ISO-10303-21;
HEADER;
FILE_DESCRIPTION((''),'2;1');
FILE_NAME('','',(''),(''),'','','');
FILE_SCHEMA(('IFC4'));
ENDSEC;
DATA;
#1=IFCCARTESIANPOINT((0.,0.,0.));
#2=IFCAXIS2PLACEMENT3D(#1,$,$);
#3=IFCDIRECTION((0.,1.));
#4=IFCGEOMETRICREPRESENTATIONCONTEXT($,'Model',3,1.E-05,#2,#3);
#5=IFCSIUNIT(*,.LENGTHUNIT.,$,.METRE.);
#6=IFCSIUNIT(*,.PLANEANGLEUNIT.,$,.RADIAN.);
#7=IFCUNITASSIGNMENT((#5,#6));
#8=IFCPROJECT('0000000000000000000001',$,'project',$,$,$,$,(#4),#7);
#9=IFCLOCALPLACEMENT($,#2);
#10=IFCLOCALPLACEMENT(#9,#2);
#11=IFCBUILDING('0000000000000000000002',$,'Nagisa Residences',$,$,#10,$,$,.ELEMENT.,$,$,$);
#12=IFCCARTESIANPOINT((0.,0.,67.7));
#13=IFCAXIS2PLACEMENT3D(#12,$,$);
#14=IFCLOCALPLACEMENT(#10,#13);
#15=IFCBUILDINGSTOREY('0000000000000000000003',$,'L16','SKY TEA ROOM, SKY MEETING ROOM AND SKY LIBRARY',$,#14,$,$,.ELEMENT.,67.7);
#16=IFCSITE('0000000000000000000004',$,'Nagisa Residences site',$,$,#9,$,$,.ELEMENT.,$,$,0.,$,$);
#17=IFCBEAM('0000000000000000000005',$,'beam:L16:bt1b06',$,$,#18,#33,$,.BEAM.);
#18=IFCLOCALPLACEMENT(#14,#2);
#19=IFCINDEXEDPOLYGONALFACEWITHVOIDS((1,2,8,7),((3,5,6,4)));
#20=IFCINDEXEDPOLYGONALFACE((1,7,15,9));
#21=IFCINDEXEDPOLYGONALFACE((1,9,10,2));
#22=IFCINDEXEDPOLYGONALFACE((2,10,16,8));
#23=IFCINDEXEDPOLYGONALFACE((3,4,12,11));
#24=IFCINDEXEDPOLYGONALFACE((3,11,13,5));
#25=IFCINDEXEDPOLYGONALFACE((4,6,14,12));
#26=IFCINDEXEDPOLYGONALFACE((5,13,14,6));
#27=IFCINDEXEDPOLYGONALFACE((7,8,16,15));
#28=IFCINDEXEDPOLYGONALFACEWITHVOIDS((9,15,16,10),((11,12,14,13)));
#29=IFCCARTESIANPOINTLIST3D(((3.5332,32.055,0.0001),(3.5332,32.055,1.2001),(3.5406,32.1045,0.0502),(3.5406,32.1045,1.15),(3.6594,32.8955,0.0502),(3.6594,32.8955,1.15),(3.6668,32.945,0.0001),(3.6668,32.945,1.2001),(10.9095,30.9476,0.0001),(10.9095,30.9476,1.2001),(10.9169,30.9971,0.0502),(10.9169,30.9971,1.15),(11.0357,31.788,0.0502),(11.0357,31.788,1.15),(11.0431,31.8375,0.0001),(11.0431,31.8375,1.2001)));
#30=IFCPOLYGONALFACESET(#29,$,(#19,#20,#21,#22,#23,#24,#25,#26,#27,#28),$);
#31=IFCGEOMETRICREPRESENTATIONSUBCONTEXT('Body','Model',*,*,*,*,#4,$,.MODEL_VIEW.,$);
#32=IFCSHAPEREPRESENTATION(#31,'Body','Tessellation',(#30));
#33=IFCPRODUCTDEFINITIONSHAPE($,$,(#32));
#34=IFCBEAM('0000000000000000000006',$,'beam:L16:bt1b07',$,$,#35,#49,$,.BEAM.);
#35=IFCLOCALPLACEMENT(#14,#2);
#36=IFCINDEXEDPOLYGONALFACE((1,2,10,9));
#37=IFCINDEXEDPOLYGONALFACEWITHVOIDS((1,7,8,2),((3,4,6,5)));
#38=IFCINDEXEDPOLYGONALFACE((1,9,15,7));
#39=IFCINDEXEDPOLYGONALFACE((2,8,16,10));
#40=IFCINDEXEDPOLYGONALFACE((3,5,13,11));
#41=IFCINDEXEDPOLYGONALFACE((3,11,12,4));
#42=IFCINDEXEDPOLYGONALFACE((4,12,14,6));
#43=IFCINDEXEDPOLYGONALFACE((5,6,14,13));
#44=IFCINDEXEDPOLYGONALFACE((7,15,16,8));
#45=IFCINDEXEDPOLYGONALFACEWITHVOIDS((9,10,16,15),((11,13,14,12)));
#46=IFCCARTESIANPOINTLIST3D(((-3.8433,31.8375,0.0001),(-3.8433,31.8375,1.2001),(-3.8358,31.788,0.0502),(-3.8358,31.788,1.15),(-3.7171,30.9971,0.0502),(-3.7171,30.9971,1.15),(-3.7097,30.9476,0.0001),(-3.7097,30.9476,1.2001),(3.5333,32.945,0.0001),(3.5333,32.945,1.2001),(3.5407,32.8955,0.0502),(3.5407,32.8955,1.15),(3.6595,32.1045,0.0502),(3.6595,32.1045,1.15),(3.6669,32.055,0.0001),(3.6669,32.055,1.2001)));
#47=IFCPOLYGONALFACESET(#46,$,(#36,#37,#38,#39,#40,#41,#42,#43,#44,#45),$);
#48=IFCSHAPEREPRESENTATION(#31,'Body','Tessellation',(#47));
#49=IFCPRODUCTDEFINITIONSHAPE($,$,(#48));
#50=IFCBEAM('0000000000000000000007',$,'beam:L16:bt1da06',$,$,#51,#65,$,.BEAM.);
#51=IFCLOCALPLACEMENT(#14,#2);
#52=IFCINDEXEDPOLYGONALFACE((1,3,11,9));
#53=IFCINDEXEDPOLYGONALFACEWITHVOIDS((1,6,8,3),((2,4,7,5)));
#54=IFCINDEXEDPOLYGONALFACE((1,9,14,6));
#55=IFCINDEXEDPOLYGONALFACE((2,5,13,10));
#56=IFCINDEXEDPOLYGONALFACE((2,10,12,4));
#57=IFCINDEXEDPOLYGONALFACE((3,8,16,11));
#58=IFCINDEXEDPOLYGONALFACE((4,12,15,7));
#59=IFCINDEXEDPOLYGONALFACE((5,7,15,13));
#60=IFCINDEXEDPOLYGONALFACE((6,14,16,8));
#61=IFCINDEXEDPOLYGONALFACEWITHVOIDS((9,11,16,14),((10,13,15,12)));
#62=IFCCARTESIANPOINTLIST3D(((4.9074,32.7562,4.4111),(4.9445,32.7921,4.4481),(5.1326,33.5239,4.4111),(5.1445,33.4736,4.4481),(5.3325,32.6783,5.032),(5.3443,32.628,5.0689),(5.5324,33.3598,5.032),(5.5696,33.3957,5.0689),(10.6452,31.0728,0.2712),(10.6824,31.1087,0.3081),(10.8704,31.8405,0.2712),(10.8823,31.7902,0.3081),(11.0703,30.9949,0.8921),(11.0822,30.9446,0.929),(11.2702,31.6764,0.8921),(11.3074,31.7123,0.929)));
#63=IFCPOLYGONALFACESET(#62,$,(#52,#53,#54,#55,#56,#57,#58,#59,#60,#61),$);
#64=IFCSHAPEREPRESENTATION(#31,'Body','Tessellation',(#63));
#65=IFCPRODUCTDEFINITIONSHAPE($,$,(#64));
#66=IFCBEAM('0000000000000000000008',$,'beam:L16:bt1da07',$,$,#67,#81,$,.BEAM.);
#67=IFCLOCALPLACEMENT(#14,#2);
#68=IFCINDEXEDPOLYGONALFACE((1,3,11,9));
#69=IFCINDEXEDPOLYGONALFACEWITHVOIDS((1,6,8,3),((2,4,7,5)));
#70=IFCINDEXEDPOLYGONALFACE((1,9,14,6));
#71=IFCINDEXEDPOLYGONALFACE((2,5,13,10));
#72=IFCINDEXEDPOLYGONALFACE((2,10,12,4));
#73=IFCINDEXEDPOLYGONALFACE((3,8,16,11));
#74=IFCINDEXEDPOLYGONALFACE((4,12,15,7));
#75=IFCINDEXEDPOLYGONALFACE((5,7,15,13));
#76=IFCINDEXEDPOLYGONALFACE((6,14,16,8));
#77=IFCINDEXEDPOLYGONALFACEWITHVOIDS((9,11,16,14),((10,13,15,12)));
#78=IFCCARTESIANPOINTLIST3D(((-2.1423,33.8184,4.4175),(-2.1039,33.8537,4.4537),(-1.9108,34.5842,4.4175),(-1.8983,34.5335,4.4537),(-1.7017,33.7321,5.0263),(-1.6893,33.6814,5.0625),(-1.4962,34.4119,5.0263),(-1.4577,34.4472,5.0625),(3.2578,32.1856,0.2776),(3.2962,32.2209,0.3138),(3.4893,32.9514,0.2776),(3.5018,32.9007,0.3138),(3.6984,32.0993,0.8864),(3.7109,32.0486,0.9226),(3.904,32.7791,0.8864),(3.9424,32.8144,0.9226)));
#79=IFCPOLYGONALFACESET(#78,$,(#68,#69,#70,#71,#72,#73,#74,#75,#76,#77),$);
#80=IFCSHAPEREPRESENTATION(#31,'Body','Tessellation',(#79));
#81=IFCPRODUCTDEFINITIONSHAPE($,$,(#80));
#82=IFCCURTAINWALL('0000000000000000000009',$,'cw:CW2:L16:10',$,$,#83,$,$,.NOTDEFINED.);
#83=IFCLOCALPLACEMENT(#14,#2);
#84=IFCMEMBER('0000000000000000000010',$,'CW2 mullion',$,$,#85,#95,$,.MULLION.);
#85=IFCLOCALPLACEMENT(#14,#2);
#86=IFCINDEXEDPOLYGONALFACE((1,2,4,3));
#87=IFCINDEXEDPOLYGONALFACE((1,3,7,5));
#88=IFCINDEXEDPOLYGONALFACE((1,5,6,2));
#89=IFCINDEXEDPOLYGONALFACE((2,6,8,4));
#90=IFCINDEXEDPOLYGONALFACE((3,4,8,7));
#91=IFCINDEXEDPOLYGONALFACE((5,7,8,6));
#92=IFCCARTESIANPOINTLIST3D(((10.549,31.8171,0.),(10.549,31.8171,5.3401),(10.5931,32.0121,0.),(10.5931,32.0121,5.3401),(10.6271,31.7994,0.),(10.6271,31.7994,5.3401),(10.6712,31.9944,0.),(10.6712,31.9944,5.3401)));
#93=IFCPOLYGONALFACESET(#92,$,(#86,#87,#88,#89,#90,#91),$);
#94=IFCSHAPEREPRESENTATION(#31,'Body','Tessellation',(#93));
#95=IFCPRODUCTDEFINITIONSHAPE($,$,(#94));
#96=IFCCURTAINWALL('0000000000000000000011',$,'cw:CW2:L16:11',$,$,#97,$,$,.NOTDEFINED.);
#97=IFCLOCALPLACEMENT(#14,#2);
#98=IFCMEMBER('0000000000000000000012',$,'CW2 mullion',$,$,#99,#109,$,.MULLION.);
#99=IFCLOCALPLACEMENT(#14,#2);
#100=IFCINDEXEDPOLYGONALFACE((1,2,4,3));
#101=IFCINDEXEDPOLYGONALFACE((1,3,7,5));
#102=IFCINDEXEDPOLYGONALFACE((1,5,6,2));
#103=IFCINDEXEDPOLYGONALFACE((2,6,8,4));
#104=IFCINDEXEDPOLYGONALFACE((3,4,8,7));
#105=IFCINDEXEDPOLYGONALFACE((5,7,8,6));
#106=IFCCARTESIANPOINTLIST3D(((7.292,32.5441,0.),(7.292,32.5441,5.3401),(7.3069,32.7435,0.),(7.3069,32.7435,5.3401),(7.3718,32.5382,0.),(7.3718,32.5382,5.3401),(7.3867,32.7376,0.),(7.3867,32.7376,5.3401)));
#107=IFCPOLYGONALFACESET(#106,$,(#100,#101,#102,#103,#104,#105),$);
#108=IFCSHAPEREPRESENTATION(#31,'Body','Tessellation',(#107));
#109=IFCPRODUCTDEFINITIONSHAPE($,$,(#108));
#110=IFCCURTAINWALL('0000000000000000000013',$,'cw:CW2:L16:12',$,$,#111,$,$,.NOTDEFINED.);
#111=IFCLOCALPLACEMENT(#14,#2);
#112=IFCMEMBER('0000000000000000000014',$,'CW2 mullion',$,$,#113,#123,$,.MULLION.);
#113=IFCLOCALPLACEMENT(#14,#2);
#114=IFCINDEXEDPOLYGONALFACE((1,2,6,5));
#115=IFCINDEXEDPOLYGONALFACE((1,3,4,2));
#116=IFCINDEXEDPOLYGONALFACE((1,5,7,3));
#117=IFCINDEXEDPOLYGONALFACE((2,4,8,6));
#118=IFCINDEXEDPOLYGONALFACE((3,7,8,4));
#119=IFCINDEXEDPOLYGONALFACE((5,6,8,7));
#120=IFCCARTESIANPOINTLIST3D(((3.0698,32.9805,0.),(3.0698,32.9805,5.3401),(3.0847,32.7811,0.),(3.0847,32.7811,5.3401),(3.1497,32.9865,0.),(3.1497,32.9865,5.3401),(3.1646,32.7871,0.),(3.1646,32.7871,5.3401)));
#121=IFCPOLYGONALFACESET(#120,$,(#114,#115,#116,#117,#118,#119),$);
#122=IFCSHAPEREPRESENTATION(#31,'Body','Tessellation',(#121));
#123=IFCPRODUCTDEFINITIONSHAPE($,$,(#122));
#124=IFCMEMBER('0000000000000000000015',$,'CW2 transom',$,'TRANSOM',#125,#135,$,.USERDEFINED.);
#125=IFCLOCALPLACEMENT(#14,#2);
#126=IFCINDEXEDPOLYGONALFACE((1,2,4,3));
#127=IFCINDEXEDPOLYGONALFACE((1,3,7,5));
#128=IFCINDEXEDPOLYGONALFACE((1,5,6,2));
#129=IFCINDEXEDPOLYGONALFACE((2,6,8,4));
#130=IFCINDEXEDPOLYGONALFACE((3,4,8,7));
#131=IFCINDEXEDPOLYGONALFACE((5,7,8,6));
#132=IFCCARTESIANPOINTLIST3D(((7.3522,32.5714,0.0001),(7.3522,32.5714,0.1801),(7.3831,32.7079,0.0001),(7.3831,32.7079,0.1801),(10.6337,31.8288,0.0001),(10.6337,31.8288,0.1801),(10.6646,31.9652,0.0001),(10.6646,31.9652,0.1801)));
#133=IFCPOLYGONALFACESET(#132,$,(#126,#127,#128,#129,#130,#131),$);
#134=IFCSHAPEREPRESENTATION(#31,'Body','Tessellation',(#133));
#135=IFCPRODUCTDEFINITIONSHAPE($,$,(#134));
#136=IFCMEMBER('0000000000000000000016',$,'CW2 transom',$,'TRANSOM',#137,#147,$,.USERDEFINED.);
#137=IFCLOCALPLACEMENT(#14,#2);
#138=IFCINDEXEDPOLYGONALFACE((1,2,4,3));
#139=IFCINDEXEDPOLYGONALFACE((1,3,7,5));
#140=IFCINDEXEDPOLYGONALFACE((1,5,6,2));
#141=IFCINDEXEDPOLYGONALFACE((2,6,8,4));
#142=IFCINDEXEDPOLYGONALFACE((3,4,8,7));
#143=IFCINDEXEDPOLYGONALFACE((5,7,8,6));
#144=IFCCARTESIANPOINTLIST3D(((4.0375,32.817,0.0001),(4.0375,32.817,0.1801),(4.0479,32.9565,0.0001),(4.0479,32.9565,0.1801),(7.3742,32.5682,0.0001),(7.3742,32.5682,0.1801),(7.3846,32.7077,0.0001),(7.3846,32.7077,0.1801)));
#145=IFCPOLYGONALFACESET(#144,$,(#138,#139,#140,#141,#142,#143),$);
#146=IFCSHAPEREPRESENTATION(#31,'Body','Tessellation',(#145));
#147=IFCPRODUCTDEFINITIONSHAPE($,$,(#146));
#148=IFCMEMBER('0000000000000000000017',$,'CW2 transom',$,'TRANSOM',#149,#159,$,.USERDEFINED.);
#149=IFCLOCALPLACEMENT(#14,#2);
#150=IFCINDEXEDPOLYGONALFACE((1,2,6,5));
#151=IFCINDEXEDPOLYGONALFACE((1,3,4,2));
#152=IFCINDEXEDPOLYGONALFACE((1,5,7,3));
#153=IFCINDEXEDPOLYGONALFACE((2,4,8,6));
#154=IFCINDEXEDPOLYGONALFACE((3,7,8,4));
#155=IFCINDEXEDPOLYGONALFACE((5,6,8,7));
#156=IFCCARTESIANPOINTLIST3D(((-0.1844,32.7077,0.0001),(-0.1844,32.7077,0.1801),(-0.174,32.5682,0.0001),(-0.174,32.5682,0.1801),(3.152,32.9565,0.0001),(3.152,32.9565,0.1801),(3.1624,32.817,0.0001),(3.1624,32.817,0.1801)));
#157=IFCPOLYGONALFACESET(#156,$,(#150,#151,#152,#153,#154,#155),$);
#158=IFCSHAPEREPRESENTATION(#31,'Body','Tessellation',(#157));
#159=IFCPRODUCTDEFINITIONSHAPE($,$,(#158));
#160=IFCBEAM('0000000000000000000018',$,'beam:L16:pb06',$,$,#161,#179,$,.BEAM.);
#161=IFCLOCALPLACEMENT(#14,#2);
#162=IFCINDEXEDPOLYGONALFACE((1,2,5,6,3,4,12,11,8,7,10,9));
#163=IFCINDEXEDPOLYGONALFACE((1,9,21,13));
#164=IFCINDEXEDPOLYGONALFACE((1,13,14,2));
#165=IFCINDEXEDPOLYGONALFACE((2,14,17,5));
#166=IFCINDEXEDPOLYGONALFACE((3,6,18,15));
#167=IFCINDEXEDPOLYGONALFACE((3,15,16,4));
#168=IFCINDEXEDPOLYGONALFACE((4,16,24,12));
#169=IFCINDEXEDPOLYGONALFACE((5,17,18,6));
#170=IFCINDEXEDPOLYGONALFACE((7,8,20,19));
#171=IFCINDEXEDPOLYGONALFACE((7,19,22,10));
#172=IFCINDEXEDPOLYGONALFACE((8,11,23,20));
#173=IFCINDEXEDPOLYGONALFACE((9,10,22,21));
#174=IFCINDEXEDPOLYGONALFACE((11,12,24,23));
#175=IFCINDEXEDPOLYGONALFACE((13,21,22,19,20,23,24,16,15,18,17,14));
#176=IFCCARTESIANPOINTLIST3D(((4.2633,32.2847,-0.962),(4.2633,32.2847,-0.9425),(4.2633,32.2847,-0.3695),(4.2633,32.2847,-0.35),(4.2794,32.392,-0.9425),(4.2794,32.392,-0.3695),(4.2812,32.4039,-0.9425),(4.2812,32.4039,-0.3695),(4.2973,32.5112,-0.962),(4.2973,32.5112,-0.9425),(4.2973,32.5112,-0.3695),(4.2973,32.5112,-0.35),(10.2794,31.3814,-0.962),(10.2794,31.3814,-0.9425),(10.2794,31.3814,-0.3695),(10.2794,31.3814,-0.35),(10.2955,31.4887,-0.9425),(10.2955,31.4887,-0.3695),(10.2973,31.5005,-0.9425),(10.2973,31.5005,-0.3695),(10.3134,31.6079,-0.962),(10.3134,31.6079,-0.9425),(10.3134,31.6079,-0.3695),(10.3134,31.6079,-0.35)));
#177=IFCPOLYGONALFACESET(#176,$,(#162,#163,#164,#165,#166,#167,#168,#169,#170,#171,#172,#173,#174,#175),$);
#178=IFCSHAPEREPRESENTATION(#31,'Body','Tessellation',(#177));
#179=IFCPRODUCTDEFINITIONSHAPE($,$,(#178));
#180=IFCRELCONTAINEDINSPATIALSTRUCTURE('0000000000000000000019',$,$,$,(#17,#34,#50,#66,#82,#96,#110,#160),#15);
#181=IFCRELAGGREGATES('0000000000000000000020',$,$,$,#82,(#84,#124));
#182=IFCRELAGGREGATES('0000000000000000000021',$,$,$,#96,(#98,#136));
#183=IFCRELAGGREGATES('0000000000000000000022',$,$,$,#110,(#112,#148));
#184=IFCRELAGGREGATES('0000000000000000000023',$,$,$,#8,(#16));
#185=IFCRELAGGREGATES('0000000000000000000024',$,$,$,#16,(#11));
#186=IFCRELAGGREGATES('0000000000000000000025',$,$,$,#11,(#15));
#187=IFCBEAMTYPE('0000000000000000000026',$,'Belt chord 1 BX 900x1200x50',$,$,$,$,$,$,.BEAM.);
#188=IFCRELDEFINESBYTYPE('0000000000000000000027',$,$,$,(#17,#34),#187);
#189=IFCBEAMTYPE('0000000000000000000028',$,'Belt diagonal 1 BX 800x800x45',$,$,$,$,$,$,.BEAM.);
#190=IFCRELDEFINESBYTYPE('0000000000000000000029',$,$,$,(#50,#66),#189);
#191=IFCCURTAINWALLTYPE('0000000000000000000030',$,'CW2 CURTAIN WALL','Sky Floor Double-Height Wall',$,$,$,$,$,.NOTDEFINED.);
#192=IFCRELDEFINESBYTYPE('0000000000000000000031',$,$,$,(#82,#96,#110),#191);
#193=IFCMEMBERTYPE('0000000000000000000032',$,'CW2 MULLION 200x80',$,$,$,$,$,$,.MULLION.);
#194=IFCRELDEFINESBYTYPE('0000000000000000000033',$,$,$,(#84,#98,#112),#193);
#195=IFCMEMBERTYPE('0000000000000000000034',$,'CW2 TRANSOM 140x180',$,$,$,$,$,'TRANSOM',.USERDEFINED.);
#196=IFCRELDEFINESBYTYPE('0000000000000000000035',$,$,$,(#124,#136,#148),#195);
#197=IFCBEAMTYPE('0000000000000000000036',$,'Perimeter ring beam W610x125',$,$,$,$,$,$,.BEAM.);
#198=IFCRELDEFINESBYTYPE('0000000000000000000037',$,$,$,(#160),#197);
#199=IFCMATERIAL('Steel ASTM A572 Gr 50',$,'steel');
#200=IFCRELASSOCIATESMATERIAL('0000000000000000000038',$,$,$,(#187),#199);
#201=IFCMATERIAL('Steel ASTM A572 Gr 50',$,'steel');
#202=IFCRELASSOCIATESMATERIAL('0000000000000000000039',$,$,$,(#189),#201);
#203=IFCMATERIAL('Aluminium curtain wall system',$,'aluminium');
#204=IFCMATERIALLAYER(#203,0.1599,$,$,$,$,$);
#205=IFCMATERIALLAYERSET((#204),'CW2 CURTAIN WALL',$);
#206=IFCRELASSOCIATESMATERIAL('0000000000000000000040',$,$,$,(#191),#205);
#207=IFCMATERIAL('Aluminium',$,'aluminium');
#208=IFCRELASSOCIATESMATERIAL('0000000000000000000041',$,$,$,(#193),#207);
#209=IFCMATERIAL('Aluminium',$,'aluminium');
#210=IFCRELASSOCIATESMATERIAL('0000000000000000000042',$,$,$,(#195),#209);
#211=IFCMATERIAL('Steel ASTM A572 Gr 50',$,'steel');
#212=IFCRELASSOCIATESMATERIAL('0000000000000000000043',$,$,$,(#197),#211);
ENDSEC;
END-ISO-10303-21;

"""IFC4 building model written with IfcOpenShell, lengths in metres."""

from ifc_helpers import new_model, si_unit, direction, frame, origin, origin_2d, place, context, subcontext, project, spatial, rectangle, hollow_rectangle, i_section, extrude, material, layer, layer_set, material_profile, profile_set, type_object, element, aggregate, save


model = new_model("IFC4")

# Units and contexts
model_context = context("Model", 3, precision=1e-05, world=origin(), true_north=direction((0.0, 1.0)))
body_context = subcontext(model_context, "Body", "Model", "MODEL_VIEW")
ifc_project = project(units=[si_unit("LENGTHUNIT", "METRE"), si_unit("PLANEANGLEUNIT", "RADIAN")], contexts=[model_context])

# Site, building, storey
site_placement = place(None, origin())
site = spatial("IfcSite", under=ifc_project, at=site_placement, Name="Nagisa Residences site", CompositionType="ELEMENT", RefElevation=0.0)
building_placement = place(site_placement, origin())
building = spatial("IfcBuilding", under=site, at=building_placement, Name="Nagisa Residences", CompositionType="ELEMENT")
storey_placement = place(building_placement, frame((0.0, 0.0, 67.7)))
storey = spatial("IfcBuildingStorey", under=building, at=storey_placement, Name="L16", Description="SKY TEA ROOM, SKY MEETING ROOM AND SKY LIBRARY", CompositionType="ELEMENT", Elevation=67.7)

# Beams
ifc_material_1 = material(Name="Steel ASTM A572 Gr 50", Category="steel")
ifc_material_profile_1 = material_profile(ifc_material_1, hollow_rectangle(XDim=0.8999, YDim=1.2, WallThickness=0.05, at=origin_2d()), Name="BX 900x1200x50")
ifc_profile_set_1 = profile_set([ifc_material_profile_1], Name="Steel ASTM A572 Gr 50")
beam_type_1 = type_object("IfcBeamType", Name="Belt chord 1 BX 900x1200x50", PredefinedType="BEAM", material=ifc_profile_set_1)
beam_1_placement = place(storey_placement, frame((10.9763, 31.3926, 0.6001), z_axis=(-0.988917, 0.14847, 0.0), x_axis=(-0.14847, -0.988917, 0.0)))
element("IfcBeam", 1, at=beam_1_placement, inside=storey, type_object=beam_type_1, Name="beam:L16:bt1b06", PredefinedType="BEAM", context=body_context, shape_type="SweptSolid", body=[
    extrude(hollow_rectangle(XDim=0.8999, YDim=1.2, WallThickness=0.05, at=origin_2d()), origin(), (0.0, 0.0, 1.0), 7.459),
])
beam_2_placement = place(storey_placement, frame((3.6001, 32.5, 0.6001), z_axis=(-0.988918, -0.148465, 0.0), x_axis=(0.148465, -0.988918, 0.0)))
element("IfcBeam", 2, at=beam_2_placement, inside=storey, type_object=beam_type_1, Name="beam:L16:bt1b07", PredefinedType="BEAM", context=body_context, shape_type="SweptSolid", body=[
    extrude(hollow_rectangle(XDim=0.8999, YDim=1.2, WallThickness=0.05, at=origin_2d()), origin(), (0.0, 0.0, 1.0), 7.4592),
])
ifc_material_2 = material(Name="Steel ASTM A572 Gr 50", Category="steel")
ifc_material_profile_2 = material_profile(ifc_material_2, hollow_rectangle(XDim=0.8, YDim=0.8, WallThickness=0.0449, at=origin_2d()), Name="BX 800x800x45")
ifc_profile_set_2 = profile_set([ifc_material_profile_2], Name="Steel ASTM A572 Gr 50")
beam_type_2 = type_object("IfcBeamType", Name="Belt diagonal 1 BX 800x800x45", PredefinedType="BEAM", material=ifc_profile_set_2)
beam_3_placement = place(storey_placement, frame((10.9763, 31.3926, 0.6001), z_axis=(-0.788931, 0.231456, 0.569224), x_axis=(-0.281514, -0.959557, 0.0)))
element("IfcBeam", 3, at=beam_3_placement, inside=storey, type_object=beam_type_2, Name="beam:L16:bt1da06", PredefinedType="BEAM", context=body_context, shape_type="SweptSolid", body=[
    extrude(hollow_rectangle(XDim=0.8, YDim=0.8, WallThickness=0.0449, at=origin_2d()), origin(), (0.0, 0.0, 1.0), 7.2729),
])
beam_4_placement = place(storey_placement, frame((3.6001, 32.5, 0.6001), z_axis=(-0.771714, 0.233339, 0.591616), x_axis=(-0.289424, -0.957201, 0.0)))
element("IfcBeam", 4, at=beam_4_placement, inside=storey, type_object=beam_type_2, Name="beam:L16:bt1da07", PredefinedType="BEAM", context=body_context, shape_type="SweptSolid", body=[
    extrude(hollow_rectangle(XDim=0.8, YDim=0.8, WallThickness=0.0449, at=origin_2d()), origin(), (0.0, 0.0, 1.0), 6.9976),
])

# Curtain walls, members
ifc_material_3 = material(Name="Aluminium curtain wall system", Category="aluminium")
ifc_layer_1 = layer(ifc_material_3, 0.1599)
ifc_layer_set_1 = layer_set([ifc_layer_1], Name="CW2 CURTAIN WALL")
curtain_wall_type = type_object("IfcCurtainWallType", Name="CW2 CURTAIN WALL", Description="Sky Floor Double-Height Wall", PredefinedType="NOTDEFINED", material=ifc_layer_set_1)
curtain_wall_1_placement = place(storey_placement, origin())
curtain_wall_1 = element("IfcCurtainWall", 5, at=curtain_wall_1_placement, inside=storey, type_object=curtain_wall_type, Name="cw:CW2:L16:10", PredefinedType="NOTDEFINED")
ifc_material_4 = material(Name="Aluminium", Category="aluminium")
ifc_material_profile_3 = material_profile(ifc_material_4, rectangle(XDim=0.2, YDim=0.0801, at=origin_2d()), Name="CW2 MULLION 200x80")
ifc_profile_set_3 = profile_set([ifc_material_profile_3], Name="Aluminium")
member_type_1 = type_object("IfcMemberType", Name="CW2 MULLION 200x80", PredefinedType="MULLION", material=ifc_profile_set_3)
member_1_placement = place(storey_placement, frame((10.6101, 31.9058, 0.0), z_axis=(0.0, 0.0, 1.0), x_axis=(-0.220764, -0.975327, 0.0)))
member_1 = element("IfcMember", 6, at=member_1_placement, type_object=member_type_1, Name="CW2 mullion", PredefinedType="MULLION", context=body_context, shape_type="SweptSolid", body=[
    extrude(rectangle(XDim=0.2, YDim=0.0801, at=origin_2d()), origin(), (0.0, 0.0, 1.0), 5.3401),
])
curtain_wall_2_placement = place(storey_placement, origin())
curtain_wall_2 = element("IfcCurtainWall", 7, at=curtain_wall_2_placement, inside=storey, type_object=curtain_wall_type, Name="cw:CW2:L16:11", PredefinedType="NOTDEFINED")
member_2_placement = place(storey_placement, frame((7.3394, 32.6409, 0.0), z_axis=(0.0, 0.0, 1.0), x_axis=(-0.074377, -0.99723, 0.0)))
member_2 = element("IfcMember", 8, at=member_2_placement, type_object=member_type_1, Name="CW2 mullion", PredefinedType="MULLION", context=body_context, shape_type="SweptSolid", body=[
    extrude(rectangle(XDim=0.2, YDim=0.0801, at=origin_2d()), origin(), (0.0, 0.0, 1.0), 5.3401),
])
curtain_wall_3_placement = place(storey_placement, origin())
curtain_wall_3 = element("IfcCurtainWall", 9, at=curtain_wall_3_placement, inside=storey, type_object=curtain_wall_type, Name="cw:CW2:L16:12", PredefinedType="NOTDEFINED")
member_3_placement = place(storey_placement, frame((3.1172, 32.8838, 0.0), z_axis=(0.0, 0.0, 1.0), x_axis=(0.074377, -0.99723, 0.0)))
member_3 = element("IfcMember", 10, at=member_3_placement, type_object=member_type_1, Name="CW2 mullion", PredefinedType="MULLION", context=body_context, shape_type="SweptSolid", body=[
    extrude(rectangle(XDim=0.2, YDim=0.0801, at=origin_2d()), origin(), (0.0, 0.0, 1.0), 5.3401),
])

# Members
ifc_material_5 = material(Name="Aluminium", Category="aluminium")
ifc_material_profile_4 = material_profile(ifc_material_5, rectangle(XDim=0.1399, YDim=0.1799, at=origin_2d()), Name="CW2 TRANSOM 140x180")
ifc_profile_set_4 = profile_set([ifc_material_profile_4], Name="Aluminium")
member_type_2 = type_object("IfcMemberType", Name="CW2 TRANSOM 140x180", ElementType="TRANSOM", PredefinedType="USERDEFINED", material=ifc_profile_set_4)
member_4_placement = place(storey_placement, frame((10.6492, 31.897, 0.0901), z_axis=(-0.975333, 0.22074, 0.0), x_axis=(-0.22074, -0.975333, 0.0)))
member_4 = element("IfcMember", 11, at=member_4_placement, type_object=member_type_2, Name="CW2 transom", ObjectType="TRANSOM", PredefinedType="USERDEFINED", context=body_context, shape_type="SweptSolid", body=[
    extrude(rectangle(XDim=0.1399, YDim=0.1799, at=origin_2d()), origin(), (0.0, 0.0, 1.0), 3.3645),
])
member_5_placement = place(storey_placement, frame((7.3794, 32.6379, 0.0901), z_axis=(-0.997232, 0.074353, 0.0), x_axis=(-0.074353, -0.997232, 0.0)))
member_5 = element("IfcMember", 12, at=member_5_placement, type_object=member_type_2, Name="CW2 transom", ObjectType="TRANSOM", PredefinedType="USERDEFINED", context=body_context, shape_type="SweptSolid", body=[
    extrude(rectangle(XDim=0.1399, YDim=0.1799, at=origin_2d()), origin(), (0.0, 0.0, 1.0), 3.3459),
])
member_6_placement = place(storey_placement, frame((3.1572, 32.8867, 0.0901), z_axis=(-0.997232, -0.074358, 0.0), x_axis=(0.074358, -0.997232, 0.0)))
member_6 = element("IfcMember", 13, at=member_6_placement, type_object=member_type_2, Name="CW2 transom", ObjectType="TRANSOM", PredefinedType="USERDEFINED", context=body_context, shape_type="SweptSolid", body=[
    extrude(rectangle(XDim=0.1399, YDim=0.1799, at=origin_2d()), origin(), (0.0, 0.0, 1.0), 3.3457),
])

# Beam
ifc_material_6 = material(Name="Steel ASTM A572 Gr 50", Category="steel")
ifc_material_profile_5 = material_profile(ifc_material_6, i_section(OverallWidth=0.229, OverallDepth=0.6121, WebThickness=0.012, FlangeThickness=0.0195, at=origin_2d()), Name="W610x125")
ifc_profile_set_5 = profile_set([ifc_material_profile_5], Name="Steel ASTM A572 Gr 50")
beam_type_3 = type_object("IfcBeamType", Name="Perimeter ring beam W610x125", PredefinedType="BEAM", material=ifc_profile_set_5)
for number, where, z_axis, x_axis, name in (
    (14, (10.2964, 31.4946, -0.656), (-0.988915, 0.148486, 0.0), (-0.148486, -0.988915, 0.0), "beam:L16:pb06"),
):
    element("IfcBeam", number, at=place(storey_placement, frame(where, z_axis=z_axis, x_axis=x_axis)), inside=storey, type_object=beam_type_3, Name=name, PredefinedType="BEAM", context=body_context, shape_type="SweptSolid", body=[
        extrude(i_section(OverallWidth=0.229, OverallDepth=0.6121, WebThickness=0.012, FlangeThickness=0.0195, at=origin_2d()), origin(), (0.0, 0.0, 1.0), 6.0835),
    ])

aggregate(curtain_wall_1, [member_1, member_4])
aggregate(curtain_wall_2, [member_2, member_5])
aggregate(curtain_wall_3, [member_3, member_6])

save(model, "model.ifc")
